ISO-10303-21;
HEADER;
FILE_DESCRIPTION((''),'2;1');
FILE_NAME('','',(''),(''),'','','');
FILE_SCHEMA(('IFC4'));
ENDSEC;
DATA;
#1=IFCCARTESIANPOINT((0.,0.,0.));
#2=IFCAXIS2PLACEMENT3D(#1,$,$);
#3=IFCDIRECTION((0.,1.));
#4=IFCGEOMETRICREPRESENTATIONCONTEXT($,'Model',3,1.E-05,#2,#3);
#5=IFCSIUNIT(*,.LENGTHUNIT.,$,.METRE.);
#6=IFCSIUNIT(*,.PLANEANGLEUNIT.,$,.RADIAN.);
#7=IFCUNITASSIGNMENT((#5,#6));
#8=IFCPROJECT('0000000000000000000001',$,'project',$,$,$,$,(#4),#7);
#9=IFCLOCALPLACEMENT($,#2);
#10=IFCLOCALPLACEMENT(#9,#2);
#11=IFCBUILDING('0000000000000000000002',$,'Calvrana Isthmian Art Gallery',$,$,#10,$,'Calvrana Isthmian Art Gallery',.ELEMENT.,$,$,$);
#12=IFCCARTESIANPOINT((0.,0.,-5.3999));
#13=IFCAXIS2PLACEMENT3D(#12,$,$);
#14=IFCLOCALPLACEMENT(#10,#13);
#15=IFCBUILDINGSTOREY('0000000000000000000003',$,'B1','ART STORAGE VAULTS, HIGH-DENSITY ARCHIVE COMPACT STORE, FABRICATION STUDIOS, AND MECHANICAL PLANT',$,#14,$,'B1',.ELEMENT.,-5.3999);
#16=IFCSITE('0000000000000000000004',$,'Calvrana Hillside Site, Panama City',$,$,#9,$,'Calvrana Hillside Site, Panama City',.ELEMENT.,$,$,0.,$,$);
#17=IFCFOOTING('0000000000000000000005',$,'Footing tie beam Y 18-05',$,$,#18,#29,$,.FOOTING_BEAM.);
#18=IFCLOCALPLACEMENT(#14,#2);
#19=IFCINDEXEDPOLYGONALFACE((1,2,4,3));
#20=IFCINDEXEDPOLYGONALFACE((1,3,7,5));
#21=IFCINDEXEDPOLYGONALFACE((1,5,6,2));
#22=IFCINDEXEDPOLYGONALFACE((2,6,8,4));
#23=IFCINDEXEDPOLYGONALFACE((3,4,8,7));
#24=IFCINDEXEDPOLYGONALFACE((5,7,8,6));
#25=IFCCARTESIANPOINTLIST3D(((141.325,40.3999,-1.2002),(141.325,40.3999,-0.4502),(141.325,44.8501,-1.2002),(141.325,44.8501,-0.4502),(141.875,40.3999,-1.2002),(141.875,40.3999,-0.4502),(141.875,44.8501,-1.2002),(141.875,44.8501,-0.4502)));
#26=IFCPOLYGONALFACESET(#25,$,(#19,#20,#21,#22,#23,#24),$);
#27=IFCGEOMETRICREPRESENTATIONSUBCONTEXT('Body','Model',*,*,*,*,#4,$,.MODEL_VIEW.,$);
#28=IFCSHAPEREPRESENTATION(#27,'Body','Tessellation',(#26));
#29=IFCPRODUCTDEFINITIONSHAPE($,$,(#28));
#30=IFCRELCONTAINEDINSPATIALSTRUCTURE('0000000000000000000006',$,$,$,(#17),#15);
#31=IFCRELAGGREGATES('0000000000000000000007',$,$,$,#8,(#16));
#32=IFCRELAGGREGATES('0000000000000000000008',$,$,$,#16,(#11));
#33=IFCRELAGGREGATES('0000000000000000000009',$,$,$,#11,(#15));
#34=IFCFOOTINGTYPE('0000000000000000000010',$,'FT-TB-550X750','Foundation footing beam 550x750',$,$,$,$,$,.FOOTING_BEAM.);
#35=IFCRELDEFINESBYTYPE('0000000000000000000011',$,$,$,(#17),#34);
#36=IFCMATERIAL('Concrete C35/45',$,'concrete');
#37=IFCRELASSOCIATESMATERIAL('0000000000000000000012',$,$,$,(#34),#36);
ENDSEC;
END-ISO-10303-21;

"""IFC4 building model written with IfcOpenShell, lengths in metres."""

from ifc_helpers import new_model, si_unit, direction, frame, origin, place, context, subcontext, project, spatial, polyline, outline, extrude, material, type_object, element, save


model = new_model("IFC4")

# Units and contexts
model_context = context("Model", 3, precision=1e-05, world=origin(), true_north=direction((0.0, 1.0)))
body_context = subcontext(model_context, "Body", "Model", "MODEL_VIEW")
ifc_project = project(units=[si_unit("LENGTHUNIT", "METRE"), si_unit("PLANEANGLEUNIT", "RADIAN")], contexts=[model_context])

# Site, building, storey
site_placement = place(None, origin())
site = spatial("IfcSite", under=ifc_project, at=site_placement, Name="Calvrana Hillside Site, Panama City", LongName="Calvrana Hillside Site, Panama City", CompositionType="ELEMENT", RefElevation=0.0)
building_placement = place(site_placement, origin())
building = spatial("IfcBuilding", under=site, at=building_placement, Name="Calvrana Isthmian Art Gallery", LongName="Calvrana Isthmian Art Gallery", CompositionType="ELEMENT")
storey_placement = place(building_placement, frame((0.0, 0.0, -5.3999)))
storey = spatial("IfcBuildingStorey", under=building, at=storey_placement, Name="B1", Description="ART STORAGE VAULTS, HIGH-DENSITY ARCHIVE COMPACT STORE, FABRICATION STUDIOS, AND MECHANICAL PLANT", LongName="B1", CompositionType="ELEMENT", Elevation=-5.3999)

# Footing
ifc_material = material(Name="Concrete C35/45", Category="concrete")
footing_type_1 = type_object("IfcFootingType", Name="FT-TB-550X750", Description="Foundation footing beam 550x750", PredefinedType="FOOTING_BEAM", material=ifc_material)
footing_1_placement = place(storey_placement, frame((0.0, 0.0, -1.2002)))
element("IfcFooting", 1, at=footing_1_placement, inside=storey, type_object=footing_type_1, Name="Footing tie beam Y 18-05", PredefinedType="FOOTING_BEAM", context=body_context, shape_type="SweptSolid", body=[
    extrude(outline(polyline([(141.325, 40.3999), (141.875, 40.3999), (141.875, 44.8501), (141.325, 44.8501), (141.325, 40.3999)])), origin(), (0.0, 0.0, 1.0), 0.75),
])

save(model, "model.ifc")
